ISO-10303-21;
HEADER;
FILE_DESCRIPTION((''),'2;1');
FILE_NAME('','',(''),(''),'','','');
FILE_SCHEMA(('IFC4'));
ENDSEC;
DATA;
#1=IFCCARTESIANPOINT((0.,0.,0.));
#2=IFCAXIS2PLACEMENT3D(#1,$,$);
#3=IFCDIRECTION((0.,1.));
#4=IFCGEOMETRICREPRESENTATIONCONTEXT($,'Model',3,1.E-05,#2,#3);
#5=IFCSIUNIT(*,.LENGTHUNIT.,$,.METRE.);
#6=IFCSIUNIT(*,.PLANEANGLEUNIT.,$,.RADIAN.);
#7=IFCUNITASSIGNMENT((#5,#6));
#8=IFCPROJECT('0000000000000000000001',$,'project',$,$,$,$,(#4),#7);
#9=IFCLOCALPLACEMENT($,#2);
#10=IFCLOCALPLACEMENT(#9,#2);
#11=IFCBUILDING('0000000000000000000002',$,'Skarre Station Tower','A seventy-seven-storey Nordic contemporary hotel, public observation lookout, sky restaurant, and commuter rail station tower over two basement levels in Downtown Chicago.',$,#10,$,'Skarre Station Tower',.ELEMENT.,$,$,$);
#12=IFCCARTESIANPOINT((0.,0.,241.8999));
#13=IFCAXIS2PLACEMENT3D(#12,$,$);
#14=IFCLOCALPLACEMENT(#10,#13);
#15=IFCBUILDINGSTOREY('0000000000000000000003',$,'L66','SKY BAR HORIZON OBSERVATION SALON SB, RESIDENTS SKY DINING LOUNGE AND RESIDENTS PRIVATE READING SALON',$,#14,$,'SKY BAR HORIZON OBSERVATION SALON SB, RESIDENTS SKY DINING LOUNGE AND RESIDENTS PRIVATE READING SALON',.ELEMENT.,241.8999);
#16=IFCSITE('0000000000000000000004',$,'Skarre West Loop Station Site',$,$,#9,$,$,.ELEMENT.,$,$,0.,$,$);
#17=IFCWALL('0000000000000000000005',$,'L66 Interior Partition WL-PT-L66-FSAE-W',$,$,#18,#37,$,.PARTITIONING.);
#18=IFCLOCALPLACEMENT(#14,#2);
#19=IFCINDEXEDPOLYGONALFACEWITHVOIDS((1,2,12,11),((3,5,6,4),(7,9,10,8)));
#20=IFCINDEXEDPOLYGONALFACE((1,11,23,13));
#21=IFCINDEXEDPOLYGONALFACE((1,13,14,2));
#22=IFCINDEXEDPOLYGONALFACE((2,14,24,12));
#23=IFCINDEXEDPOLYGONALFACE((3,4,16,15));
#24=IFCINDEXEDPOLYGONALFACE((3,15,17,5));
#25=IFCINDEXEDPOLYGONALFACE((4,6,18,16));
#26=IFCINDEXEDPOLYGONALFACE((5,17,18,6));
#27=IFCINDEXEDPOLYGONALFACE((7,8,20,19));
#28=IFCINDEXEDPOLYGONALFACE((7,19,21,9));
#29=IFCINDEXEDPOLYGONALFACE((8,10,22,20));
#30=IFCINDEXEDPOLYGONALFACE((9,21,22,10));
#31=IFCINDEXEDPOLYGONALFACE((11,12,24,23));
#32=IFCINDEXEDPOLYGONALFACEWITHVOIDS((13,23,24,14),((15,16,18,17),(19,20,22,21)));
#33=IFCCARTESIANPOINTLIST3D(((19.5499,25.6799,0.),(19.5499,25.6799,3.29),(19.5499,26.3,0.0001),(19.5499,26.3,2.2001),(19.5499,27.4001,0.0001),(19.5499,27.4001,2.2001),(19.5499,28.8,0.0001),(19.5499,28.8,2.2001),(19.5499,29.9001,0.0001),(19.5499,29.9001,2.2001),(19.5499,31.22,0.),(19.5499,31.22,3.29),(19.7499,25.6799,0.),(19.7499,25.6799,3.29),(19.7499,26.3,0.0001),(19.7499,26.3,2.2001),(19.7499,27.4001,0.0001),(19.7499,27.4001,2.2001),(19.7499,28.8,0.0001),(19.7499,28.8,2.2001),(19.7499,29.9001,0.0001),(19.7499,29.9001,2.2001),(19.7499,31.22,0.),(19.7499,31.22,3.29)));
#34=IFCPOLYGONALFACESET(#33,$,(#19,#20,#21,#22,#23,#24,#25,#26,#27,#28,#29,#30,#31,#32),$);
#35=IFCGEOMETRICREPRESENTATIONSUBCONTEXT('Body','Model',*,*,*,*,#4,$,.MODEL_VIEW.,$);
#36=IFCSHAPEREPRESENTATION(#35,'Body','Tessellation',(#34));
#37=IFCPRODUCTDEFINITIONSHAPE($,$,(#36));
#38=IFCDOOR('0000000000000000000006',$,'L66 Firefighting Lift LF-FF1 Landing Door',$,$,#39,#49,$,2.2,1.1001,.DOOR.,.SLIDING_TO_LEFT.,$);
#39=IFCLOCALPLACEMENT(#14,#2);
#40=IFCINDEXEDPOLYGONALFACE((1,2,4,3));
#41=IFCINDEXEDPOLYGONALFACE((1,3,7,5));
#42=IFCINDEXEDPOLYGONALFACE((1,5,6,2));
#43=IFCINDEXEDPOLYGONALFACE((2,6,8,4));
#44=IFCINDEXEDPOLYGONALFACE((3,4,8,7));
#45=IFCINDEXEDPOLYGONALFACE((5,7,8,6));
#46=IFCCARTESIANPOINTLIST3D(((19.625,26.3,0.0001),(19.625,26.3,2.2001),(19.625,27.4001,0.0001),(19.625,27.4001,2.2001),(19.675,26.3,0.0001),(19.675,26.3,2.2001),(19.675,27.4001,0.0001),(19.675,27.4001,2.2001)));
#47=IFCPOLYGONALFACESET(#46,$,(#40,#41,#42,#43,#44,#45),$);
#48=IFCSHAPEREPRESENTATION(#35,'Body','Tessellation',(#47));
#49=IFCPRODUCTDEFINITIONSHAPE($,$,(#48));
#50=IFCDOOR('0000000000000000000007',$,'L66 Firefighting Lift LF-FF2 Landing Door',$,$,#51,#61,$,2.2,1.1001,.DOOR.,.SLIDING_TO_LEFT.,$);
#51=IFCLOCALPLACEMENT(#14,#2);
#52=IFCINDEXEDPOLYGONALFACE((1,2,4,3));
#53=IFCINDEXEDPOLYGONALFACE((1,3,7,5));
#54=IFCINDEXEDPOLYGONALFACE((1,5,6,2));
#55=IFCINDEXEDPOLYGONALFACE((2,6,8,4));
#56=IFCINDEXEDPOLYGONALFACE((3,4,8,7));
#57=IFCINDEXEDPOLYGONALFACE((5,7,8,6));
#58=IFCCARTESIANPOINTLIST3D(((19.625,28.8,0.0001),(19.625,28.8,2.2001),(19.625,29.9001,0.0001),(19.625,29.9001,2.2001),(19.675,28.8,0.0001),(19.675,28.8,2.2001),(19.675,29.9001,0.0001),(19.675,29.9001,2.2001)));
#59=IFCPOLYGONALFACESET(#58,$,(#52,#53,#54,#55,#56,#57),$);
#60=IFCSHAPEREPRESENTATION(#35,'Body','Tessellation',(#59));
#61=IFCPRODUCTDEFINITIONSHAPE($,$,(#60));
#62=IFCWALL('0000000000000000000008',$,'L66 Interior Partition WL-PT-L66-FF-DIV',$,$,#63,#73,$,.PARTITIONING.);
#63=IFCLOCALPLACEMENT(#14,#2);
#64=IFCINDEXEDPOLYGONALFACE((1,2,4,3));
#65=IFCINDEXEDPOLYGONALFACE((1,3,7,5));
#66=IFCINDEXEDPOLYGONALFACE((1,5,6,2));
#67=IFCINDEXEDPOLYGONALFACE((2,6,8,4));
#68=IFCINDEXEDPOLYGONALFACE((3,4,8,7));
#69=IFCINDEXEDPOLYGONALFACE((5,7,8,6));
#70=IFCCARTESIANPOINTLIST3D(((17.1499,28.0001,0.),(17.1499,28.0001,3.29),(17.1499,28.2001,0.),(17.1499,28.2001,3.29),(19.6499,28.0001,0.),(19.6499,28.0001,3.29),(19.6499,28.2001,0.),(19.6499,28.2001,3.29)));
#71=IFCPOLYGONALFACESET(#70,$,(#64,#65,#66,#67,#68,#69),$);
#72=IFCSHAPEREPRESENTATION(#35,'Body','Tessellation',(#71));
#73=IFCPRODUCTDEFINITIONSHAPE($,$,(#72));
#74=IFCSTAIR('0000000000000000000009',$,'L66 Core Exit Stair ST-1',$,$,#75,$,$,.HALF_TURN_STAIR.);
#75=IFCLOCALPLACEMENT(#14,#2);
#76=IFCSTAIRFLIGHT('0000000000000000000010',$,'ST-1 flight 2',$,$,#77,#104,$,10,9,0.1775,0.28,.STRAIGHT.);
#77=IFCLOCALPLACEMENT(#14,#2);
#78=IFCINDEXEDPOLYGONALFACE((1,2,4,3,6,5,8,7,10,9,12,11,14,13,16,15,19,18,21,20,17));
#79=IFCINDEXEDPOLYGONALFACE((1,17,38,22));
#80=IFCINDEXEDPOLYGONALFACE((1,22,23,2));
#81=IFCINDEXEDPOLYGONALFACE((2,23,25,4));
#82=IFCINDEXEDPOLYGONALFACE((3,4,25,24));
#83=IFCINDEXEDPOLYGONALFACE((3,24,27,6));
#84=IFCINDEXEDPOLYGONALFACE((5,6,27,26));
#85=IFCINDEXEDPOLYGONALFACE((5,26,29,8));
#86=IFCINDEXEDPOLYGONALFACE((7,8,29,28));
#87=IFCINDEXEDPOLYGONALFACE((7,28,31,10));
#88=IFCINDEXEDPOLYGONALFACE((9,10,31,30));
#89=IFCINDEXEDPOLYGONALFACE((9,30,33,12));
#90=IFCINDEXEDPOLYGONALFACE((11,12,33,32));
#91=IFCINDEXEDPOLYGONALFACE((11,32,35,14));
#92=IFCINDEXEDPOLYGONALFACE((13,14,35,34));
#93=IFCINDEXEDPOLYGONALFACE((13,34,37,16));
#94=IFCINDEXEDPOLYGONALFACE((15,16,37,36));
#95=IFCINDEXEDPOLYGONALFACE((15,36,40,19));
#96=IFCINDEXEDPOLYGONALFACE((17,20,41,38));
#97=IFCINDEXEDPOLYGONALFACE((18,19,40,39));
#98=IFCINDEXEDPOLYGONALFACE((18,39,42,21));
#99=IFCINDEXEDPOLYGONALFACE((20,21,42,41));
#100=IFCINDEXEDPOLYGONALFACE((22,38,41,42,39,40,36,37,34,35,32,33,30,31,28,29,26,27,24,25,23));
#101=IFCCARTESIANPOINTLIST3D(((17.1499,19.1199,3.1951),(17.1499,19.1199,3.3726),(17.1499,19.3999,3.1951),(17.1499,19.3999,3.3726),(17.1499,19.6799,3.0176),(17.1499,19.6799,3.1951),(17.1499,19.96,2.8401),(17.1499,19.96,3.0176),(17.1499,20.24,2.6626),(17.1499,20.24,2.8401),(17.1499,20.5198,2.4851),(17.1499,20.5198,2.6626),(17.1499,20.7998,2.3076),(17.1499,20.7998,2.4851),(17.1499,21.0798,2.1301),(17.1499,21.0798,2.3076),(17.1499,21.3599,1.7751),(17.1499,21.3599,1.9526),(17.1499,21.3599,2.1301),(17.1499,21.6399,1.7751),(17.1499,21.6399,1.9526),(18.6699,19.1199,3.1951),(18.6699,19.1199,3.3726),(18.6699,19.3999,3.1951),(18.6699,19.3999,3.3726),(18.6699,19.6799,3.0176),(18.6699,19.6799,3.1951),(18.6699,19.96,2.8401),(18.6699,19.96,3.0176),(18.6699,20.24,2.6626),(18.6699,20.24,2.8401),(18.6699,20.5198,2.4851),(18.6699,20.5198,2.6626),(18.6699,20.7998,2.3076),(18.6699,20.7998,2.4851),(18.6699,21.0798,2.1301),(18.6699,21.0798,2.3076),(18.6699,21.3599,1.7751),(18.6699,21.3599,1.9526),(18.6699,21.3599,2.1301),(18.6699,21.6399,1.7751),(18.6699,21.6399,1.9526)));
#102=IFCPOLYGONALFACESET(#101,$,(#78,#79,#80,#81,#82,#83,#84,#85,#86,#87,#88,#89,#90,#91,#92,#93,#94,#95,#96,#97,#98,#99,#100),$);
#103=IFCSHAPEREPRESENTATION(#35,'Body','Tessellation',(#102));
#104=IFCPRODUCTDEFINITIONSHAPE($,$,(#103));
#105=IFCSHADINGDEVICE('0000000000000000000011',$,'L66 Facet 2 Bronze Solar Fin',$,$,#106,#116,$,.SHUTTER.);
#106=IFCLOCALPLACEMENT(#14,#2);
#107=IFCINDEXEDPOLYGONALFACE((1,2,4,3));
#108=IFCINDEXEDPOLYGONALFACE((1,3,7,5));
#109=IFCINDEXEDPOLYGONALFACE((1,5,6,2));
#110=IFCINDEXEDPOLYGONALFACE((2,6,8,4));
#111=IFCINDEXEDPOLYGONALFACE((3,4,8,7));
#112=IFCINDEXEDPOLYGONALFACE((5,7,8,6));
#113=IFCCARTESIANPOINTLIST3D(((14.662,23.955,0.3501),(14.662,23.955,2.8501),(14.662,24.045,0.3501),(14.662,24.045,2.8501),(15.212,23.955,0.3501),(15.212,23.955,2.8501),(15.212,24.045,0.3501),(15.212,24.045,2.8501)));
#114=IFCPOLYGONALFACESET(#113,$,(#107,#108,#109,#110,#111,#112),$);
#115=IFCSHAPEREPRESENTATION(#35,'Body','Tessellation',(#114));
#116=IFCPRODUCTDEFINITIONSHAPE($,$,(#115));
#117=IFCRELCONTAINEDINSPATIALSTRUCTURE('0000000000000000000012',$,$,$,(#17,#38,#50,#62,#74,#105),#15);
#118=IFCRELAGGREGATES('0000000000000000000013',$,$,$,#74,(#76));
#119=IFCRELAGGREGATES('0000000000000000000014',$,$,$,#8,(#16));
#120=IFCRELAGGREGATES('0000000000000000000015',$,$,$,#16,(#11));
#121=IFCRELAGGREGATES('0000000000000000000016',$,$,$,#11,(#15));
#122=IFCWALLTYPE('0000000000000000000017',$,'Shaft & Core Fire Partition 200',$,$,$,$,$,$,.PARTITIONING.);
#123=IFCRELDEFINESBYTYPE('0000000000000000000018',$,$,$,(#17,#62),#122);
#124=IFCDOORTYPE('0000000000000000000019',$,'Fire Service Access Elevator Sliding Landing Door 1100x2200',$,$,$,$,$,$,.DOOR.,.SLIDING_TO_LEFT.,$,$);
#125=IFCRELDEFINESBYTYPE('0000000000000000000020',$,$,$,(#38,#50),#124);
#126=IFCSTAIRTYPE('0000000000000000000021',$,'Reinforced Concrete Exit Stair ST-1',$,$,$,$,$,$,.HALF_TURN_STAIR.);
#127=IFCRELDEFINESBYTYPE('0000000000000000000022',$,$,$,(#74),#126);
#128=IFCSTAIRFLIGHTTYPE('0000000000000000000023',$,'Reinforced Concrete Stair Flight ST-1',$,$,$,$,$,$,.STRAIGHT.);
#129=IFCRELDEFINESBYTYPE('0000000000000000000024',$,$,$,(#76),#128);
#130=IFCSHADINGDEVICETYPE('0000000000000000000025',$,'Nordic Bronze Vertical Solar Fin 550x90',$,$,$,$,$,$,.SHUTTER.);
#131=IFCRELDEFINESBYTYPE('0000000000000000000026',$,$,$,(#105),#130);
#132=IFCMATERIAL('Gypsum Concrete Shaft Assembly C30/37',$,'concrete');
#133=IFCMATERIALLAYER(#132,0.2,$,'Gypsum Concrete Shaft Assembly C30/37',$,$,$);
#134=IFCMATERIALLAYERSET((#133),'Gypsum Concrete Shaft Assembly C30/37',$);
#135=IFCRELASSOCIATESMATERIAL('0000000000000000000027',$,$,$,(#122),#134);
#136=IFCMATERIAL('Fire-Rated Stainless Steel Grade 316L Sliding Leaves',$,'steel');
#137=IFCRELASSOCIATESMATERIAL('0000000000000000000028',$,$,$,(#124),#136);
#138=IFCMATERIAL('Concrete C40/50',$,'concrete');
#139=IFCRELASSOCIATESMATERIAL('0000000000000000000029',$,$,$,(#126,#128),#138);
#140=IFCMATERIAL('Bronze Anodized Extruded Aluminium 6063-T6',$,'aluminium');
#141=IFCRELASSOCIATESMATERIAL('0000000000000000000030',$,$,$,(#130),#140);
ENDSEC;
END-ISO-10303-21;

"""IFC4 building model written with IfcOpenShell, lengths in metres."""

from ifc_helpers import new_model, si_unit, direction, frame, frame_2d, origin, origin_2d, place, context, subcontext, project, spatial, polyline, rectangle, outline, extrude, material, layer, layer_set, type_object, element, fill, aggregate, save


model = new_model("IFC4")

# Units and contexts
model_context = context("Model", 3, precision=1e-05, world=origin(), true_north=direction((0.0, 1.0)))
body_context = subcontext(model_context, "Body", "Model", "MODEL_VIEW")
ifc_project = project(units=[si_unit("LENGTHUNIT", "METRE"), si_unit("PLANEANGLEUNIT", "RADIAN")], contexts=[model_context])

# Site, building, storey
site_placement = place(None, origin())
site = spatial("IfcSite", under=ifc_project, at=site_placement, Name="Skarre West Loop Station Site", CompositionType="ELEMENT", RefElevation=0.0)
building_placement = place(site_placement, origin())
building = spatial("IfcBuilding", under=site, at=building_placement, Name="Skarre Station Tower", Description="A seventy-seven-storey Nordic contemporary hotel, public observation lookout, sky restaurant, and commuter rail station tower over two basement levels in Downtown Chicago.", LongName="Skarre Station Tower", CompositionType="ELEMENT")
storey_placement = place(building_placement, frame((0.0, 0.0, 241.8999)))
storey = spatial("IfcBuildingStorey", under=building, at=storey_placement, Name="L66", Description="SKY BAR HORIZON OBSERVATION SALON SB, RESIDENTS SKY DINING LOUNGE AND RESIDENTS PRIVATE READING SALON", LongName="SKY BAR HORIZON OBSERVATION SALON SB, RESIDENTS SKY DINING LOUNGE AND RESIDENTS PRIVATE READING SALON", CompositionType="ELEMENT", Elevation=241.8999)

# Wall, openings, doors
ifc_material_1 = material(Name="Gypsum Concrete Shaft Assembly C30/37", Category="concrete")
ifc_layer_1 = layer(ifc_material_1, 0.2, Name="Gypsum Concrete Shaft Assembly C30/37")
ifc_layer_set_1 = layer_set([ifc_layer_1], Name="Gypsum Concrete Shaft Assembly C30/37")
wall_type_1 = type_object("IfcWallType", Name="Shaft & Core Fire Partition 200", PredefinedType="PARTITIONING", material=ifc_layer_set_1)
wall_1_placement = place(storey_placement, frame((19.6499, 25.6799, 0.0), z_axis=(0.0, 0.0, 1.0), x_axis=(0.0, 1.0, 0.0)))
wall_1 = element("IfcWall", 1, at=wall_1_placement, inside=storey, type_object=wall_type_1, Name="L66 Interior Partition WL-PT-L66-FSAE-W", PredefinedType="PARTITIONING", context=body_context, shape_type="SweptSolid", body=[
    extrude(rectangle(XDim=5.54, YDim=0.2, at=frame_2d((2.77, 0.0))), origin(), (0.0, 0.0, 1.0), 3.29),
])
opening_1_placement = place(wall_1_placement, frame((0.6201, 0.0, 0.0)))
opening_1 = element("IfcOpeningElement", 2, at=opening_1_placement, cuts=wall_1, PredefinedType="OPENING", context=body_context, shape_type="SweptSolid", body=[
    extrude(rectangle(XDim=1.1001, YDim=2.2, at=frame_2d((0.55, 1.1001))), frame((0.0, 0.1099, 0.0), z_axis=(0.0, -1.0, 0.0), x_axis=(1.0, 0.0, 0.0)), (0.0, 0.0, 1.0), 0.22),
])
opening_2_placement = place(wall_1_placement, frame((3.1201, 0.0, 0.0)))
opening_2 = element("IfcOpeningElement", 3, at=opening_2_placement, cuts=wall_1, PredefinedType="OPENING", context=body_context, shape_type="SweptSolid", body=[
    extrude(rectangle(XDim=1.1001, YDim=2.2, at=frame_2d((0.55, 1.1001))), frame((0.0, 0.1099, 0.0), z_axis=(0.0, -1.0, 0.0), x_axis=(1.0, 0.0, 0.0)), (0.0, 0.0, 1.0), 0.22),
])
ifc_material_2 = material(Name="Fire-Rated Stainless Steel Grade 316L Sliding Leaves", Category="steel")
door_type = type_object("IfcDoorType", Name="Fire Service Access Elevator Sliding Landing Door 1100x2200", OperationType="SLIDING_TO_LEFT", PredefinedType="DOOR", material=ifc_material_2)
door_1_placement = place(opening_1_placement, origin())
door_1 = element("IfcDoor", 4, at=door_1_placement, inside=storey, type_object=door_type, Name="L66 Firefighting Lift LF-FF1 Landing Door", OperationType="SLIDING_TO_LEFT", OverallHeight=2.2, OverallWidth=1.1001, PredefinedType="DOOR", context=body_context, shape_type="SweptSolid", body=[
    extrude(rectangle(XDim=1.1001, YDim=2.2, at=frame_2d((0.55, 1.1001))), frame((0.0, 0.0249, 0.0), z_axis=(0.0, -1.0, 0.0), x_axis=(1.0, 0.0, 0.0)), (0.0, 0.0, 1.0), 0.05),
])
fill(opening_1, door_1)
door_2_placement = place(opening_2_placement, origin())
door_2 = element("IfcDoor", 5, at=door_2_placement, inside=storey, type_object=door_type, Name="L66 Firefighting Lift LF-FF2 Landing Door", OperationType="SLIDING_TO_LEFT", OverallHeight=2.2, OverallWidth=1.1001, PredefinedType="DOOR", context=body_context, shape_type="SweptSolid", body=[
    extrude(rectangle(XDim=1.1001, YDim=2.2, at=frame_2d((0.55, 1.1001))), frame((0.0, 0.0249, 0.0), z_axis=(0.0, -1.0, 0.0), x_axis=(1.0, 0.0, 0.0)), (0.0, 0.0, 1.0), 0.05),
])
fill(opening_2, door_2)

# Wall
wall_2_placement = place(storey_placement, frame((17.1499, 28.1001, 0.0), z_axis=(0.0, 0.0, 1.0), x_axis=(1.0, 0.0, 0.0)))
element("IfcWall", 6, at=wall_2_placement, inside=storey, type_object=wall_type_1, Name="L66 Interior Partition WL-PT-L66-FF-DIV", PredefinedType="PARTITIONING", context=body_context, shape_type="SweptSolid", body=[
    extrude(rectangle(XDim=2.5, YDim=0.2, at=frame_2d((1.25, 0.0))), origin(), (0.0, 0.0, 1.0), 3.29),
])

# Stair, stair flight
ifc_material_3 = material(Name="Concrete C40/50", Category="concrete")
stair_type = type_object("IfcStairType", Name="Reinforced Concrete Exit Stair ST-1", PredefinedType="HALF_TURN_STAIR", material=ifc_material_3)
stair_placement = place(storey_placement, origin())
stair = element("IfcStair", 7, at=stair_placement, inside=storey, type_object=stair_type, Name="L66 Core Exit Stair ST-1", PredefinedType="HALF_TURN_STAIR")
stair_flight_type = type_object("IfcStairFlightType", Name="Reinforced Concrete Stair Flight ST-1", PredefinedType="STRAIGHT", material=ifc_material_3)
stair_flight_placement = place(storey_placement, frame((17.9099, 21.6399, 1.7751), z_axis=(0.0, 0.0, 1.0), x_axis=(0.0, -1.0, 0.0)))
stair_flight = element("IfcStairFlight", 8, at=stair_flight_placement, type_object=stair_flight_type, Name="ST-1 flight 2", NumberOfRisers=10, NumberOfTreads=9, PredefinedType="STRAIGHT", RiserHeight=0.1775, TreadLength=0.28, context=body_context, shape_type="SweptSolid", body=[
    extrude(outline(polyline([(0.0, 0.0), (0.0, 0.1775), (0.28, 0.1775), (0.28, 0.355), (0.5601, 0.355), (0.5601, 0.5325), (0.8401, 0.5325), (0.8401, 0.71), (1.1201, 0.71), (1.1201, 0.8875), (1.3999, 0.8875), (1.3999, 1.0649), (1.6799, 1.0649), (1.6799, 1.2424), (1.96, 1.2424), (1.96, 1.4199), (2.24, 1.4199), (2.24, 1.5974), (2.52, 1.5974), (2.52, 1.7749), (2.52, 1.4199), (0.28, 0.0), (0.0, 0.0)])), frame((0.0, 0.76, 0.0), z_axis=(0.0, -1.0, 0.0), x_axis=(1.0, 0.0, 0.0)), (0.0, 0.0, 1.0), 1.52),
])
aggregate(stair, [stair_flight])

# Shading device
ifc_material_4 = material(Name="Bronze Anodized Extruded Aluminium 6063-T6", Category="aluminium")
shading_device_type = type_object("IfcShadingDeviceType", Name="Nordic Bronze Vertical Solar Fin 550x90", PredefinedType="SHUTTER", material=ifc_material_4)
shading_device_placement = place(storey_placement, frame((14.937, 24.0, 0.3501), z_axis=(0.0, 0.0, 1.0), x_axis=(-1.0, 0.0, 0.0)))
element("IfcShadingDevice", 9, at=shading_device_placement, inside=storey, type_object=shading_device_type, Name="L66 Facet 2 Bronze Solar Fin", PredefinedType="SHUTTER", context=body_context, shape_type="SweptSolid", body=[
    extrude(rectangle(XDim=0.55, YDim=0.0901, at=origin_2d()), origin(), (0.0, 0.0, 1.0), 2.5),
])

save(model, "model.ifc")
